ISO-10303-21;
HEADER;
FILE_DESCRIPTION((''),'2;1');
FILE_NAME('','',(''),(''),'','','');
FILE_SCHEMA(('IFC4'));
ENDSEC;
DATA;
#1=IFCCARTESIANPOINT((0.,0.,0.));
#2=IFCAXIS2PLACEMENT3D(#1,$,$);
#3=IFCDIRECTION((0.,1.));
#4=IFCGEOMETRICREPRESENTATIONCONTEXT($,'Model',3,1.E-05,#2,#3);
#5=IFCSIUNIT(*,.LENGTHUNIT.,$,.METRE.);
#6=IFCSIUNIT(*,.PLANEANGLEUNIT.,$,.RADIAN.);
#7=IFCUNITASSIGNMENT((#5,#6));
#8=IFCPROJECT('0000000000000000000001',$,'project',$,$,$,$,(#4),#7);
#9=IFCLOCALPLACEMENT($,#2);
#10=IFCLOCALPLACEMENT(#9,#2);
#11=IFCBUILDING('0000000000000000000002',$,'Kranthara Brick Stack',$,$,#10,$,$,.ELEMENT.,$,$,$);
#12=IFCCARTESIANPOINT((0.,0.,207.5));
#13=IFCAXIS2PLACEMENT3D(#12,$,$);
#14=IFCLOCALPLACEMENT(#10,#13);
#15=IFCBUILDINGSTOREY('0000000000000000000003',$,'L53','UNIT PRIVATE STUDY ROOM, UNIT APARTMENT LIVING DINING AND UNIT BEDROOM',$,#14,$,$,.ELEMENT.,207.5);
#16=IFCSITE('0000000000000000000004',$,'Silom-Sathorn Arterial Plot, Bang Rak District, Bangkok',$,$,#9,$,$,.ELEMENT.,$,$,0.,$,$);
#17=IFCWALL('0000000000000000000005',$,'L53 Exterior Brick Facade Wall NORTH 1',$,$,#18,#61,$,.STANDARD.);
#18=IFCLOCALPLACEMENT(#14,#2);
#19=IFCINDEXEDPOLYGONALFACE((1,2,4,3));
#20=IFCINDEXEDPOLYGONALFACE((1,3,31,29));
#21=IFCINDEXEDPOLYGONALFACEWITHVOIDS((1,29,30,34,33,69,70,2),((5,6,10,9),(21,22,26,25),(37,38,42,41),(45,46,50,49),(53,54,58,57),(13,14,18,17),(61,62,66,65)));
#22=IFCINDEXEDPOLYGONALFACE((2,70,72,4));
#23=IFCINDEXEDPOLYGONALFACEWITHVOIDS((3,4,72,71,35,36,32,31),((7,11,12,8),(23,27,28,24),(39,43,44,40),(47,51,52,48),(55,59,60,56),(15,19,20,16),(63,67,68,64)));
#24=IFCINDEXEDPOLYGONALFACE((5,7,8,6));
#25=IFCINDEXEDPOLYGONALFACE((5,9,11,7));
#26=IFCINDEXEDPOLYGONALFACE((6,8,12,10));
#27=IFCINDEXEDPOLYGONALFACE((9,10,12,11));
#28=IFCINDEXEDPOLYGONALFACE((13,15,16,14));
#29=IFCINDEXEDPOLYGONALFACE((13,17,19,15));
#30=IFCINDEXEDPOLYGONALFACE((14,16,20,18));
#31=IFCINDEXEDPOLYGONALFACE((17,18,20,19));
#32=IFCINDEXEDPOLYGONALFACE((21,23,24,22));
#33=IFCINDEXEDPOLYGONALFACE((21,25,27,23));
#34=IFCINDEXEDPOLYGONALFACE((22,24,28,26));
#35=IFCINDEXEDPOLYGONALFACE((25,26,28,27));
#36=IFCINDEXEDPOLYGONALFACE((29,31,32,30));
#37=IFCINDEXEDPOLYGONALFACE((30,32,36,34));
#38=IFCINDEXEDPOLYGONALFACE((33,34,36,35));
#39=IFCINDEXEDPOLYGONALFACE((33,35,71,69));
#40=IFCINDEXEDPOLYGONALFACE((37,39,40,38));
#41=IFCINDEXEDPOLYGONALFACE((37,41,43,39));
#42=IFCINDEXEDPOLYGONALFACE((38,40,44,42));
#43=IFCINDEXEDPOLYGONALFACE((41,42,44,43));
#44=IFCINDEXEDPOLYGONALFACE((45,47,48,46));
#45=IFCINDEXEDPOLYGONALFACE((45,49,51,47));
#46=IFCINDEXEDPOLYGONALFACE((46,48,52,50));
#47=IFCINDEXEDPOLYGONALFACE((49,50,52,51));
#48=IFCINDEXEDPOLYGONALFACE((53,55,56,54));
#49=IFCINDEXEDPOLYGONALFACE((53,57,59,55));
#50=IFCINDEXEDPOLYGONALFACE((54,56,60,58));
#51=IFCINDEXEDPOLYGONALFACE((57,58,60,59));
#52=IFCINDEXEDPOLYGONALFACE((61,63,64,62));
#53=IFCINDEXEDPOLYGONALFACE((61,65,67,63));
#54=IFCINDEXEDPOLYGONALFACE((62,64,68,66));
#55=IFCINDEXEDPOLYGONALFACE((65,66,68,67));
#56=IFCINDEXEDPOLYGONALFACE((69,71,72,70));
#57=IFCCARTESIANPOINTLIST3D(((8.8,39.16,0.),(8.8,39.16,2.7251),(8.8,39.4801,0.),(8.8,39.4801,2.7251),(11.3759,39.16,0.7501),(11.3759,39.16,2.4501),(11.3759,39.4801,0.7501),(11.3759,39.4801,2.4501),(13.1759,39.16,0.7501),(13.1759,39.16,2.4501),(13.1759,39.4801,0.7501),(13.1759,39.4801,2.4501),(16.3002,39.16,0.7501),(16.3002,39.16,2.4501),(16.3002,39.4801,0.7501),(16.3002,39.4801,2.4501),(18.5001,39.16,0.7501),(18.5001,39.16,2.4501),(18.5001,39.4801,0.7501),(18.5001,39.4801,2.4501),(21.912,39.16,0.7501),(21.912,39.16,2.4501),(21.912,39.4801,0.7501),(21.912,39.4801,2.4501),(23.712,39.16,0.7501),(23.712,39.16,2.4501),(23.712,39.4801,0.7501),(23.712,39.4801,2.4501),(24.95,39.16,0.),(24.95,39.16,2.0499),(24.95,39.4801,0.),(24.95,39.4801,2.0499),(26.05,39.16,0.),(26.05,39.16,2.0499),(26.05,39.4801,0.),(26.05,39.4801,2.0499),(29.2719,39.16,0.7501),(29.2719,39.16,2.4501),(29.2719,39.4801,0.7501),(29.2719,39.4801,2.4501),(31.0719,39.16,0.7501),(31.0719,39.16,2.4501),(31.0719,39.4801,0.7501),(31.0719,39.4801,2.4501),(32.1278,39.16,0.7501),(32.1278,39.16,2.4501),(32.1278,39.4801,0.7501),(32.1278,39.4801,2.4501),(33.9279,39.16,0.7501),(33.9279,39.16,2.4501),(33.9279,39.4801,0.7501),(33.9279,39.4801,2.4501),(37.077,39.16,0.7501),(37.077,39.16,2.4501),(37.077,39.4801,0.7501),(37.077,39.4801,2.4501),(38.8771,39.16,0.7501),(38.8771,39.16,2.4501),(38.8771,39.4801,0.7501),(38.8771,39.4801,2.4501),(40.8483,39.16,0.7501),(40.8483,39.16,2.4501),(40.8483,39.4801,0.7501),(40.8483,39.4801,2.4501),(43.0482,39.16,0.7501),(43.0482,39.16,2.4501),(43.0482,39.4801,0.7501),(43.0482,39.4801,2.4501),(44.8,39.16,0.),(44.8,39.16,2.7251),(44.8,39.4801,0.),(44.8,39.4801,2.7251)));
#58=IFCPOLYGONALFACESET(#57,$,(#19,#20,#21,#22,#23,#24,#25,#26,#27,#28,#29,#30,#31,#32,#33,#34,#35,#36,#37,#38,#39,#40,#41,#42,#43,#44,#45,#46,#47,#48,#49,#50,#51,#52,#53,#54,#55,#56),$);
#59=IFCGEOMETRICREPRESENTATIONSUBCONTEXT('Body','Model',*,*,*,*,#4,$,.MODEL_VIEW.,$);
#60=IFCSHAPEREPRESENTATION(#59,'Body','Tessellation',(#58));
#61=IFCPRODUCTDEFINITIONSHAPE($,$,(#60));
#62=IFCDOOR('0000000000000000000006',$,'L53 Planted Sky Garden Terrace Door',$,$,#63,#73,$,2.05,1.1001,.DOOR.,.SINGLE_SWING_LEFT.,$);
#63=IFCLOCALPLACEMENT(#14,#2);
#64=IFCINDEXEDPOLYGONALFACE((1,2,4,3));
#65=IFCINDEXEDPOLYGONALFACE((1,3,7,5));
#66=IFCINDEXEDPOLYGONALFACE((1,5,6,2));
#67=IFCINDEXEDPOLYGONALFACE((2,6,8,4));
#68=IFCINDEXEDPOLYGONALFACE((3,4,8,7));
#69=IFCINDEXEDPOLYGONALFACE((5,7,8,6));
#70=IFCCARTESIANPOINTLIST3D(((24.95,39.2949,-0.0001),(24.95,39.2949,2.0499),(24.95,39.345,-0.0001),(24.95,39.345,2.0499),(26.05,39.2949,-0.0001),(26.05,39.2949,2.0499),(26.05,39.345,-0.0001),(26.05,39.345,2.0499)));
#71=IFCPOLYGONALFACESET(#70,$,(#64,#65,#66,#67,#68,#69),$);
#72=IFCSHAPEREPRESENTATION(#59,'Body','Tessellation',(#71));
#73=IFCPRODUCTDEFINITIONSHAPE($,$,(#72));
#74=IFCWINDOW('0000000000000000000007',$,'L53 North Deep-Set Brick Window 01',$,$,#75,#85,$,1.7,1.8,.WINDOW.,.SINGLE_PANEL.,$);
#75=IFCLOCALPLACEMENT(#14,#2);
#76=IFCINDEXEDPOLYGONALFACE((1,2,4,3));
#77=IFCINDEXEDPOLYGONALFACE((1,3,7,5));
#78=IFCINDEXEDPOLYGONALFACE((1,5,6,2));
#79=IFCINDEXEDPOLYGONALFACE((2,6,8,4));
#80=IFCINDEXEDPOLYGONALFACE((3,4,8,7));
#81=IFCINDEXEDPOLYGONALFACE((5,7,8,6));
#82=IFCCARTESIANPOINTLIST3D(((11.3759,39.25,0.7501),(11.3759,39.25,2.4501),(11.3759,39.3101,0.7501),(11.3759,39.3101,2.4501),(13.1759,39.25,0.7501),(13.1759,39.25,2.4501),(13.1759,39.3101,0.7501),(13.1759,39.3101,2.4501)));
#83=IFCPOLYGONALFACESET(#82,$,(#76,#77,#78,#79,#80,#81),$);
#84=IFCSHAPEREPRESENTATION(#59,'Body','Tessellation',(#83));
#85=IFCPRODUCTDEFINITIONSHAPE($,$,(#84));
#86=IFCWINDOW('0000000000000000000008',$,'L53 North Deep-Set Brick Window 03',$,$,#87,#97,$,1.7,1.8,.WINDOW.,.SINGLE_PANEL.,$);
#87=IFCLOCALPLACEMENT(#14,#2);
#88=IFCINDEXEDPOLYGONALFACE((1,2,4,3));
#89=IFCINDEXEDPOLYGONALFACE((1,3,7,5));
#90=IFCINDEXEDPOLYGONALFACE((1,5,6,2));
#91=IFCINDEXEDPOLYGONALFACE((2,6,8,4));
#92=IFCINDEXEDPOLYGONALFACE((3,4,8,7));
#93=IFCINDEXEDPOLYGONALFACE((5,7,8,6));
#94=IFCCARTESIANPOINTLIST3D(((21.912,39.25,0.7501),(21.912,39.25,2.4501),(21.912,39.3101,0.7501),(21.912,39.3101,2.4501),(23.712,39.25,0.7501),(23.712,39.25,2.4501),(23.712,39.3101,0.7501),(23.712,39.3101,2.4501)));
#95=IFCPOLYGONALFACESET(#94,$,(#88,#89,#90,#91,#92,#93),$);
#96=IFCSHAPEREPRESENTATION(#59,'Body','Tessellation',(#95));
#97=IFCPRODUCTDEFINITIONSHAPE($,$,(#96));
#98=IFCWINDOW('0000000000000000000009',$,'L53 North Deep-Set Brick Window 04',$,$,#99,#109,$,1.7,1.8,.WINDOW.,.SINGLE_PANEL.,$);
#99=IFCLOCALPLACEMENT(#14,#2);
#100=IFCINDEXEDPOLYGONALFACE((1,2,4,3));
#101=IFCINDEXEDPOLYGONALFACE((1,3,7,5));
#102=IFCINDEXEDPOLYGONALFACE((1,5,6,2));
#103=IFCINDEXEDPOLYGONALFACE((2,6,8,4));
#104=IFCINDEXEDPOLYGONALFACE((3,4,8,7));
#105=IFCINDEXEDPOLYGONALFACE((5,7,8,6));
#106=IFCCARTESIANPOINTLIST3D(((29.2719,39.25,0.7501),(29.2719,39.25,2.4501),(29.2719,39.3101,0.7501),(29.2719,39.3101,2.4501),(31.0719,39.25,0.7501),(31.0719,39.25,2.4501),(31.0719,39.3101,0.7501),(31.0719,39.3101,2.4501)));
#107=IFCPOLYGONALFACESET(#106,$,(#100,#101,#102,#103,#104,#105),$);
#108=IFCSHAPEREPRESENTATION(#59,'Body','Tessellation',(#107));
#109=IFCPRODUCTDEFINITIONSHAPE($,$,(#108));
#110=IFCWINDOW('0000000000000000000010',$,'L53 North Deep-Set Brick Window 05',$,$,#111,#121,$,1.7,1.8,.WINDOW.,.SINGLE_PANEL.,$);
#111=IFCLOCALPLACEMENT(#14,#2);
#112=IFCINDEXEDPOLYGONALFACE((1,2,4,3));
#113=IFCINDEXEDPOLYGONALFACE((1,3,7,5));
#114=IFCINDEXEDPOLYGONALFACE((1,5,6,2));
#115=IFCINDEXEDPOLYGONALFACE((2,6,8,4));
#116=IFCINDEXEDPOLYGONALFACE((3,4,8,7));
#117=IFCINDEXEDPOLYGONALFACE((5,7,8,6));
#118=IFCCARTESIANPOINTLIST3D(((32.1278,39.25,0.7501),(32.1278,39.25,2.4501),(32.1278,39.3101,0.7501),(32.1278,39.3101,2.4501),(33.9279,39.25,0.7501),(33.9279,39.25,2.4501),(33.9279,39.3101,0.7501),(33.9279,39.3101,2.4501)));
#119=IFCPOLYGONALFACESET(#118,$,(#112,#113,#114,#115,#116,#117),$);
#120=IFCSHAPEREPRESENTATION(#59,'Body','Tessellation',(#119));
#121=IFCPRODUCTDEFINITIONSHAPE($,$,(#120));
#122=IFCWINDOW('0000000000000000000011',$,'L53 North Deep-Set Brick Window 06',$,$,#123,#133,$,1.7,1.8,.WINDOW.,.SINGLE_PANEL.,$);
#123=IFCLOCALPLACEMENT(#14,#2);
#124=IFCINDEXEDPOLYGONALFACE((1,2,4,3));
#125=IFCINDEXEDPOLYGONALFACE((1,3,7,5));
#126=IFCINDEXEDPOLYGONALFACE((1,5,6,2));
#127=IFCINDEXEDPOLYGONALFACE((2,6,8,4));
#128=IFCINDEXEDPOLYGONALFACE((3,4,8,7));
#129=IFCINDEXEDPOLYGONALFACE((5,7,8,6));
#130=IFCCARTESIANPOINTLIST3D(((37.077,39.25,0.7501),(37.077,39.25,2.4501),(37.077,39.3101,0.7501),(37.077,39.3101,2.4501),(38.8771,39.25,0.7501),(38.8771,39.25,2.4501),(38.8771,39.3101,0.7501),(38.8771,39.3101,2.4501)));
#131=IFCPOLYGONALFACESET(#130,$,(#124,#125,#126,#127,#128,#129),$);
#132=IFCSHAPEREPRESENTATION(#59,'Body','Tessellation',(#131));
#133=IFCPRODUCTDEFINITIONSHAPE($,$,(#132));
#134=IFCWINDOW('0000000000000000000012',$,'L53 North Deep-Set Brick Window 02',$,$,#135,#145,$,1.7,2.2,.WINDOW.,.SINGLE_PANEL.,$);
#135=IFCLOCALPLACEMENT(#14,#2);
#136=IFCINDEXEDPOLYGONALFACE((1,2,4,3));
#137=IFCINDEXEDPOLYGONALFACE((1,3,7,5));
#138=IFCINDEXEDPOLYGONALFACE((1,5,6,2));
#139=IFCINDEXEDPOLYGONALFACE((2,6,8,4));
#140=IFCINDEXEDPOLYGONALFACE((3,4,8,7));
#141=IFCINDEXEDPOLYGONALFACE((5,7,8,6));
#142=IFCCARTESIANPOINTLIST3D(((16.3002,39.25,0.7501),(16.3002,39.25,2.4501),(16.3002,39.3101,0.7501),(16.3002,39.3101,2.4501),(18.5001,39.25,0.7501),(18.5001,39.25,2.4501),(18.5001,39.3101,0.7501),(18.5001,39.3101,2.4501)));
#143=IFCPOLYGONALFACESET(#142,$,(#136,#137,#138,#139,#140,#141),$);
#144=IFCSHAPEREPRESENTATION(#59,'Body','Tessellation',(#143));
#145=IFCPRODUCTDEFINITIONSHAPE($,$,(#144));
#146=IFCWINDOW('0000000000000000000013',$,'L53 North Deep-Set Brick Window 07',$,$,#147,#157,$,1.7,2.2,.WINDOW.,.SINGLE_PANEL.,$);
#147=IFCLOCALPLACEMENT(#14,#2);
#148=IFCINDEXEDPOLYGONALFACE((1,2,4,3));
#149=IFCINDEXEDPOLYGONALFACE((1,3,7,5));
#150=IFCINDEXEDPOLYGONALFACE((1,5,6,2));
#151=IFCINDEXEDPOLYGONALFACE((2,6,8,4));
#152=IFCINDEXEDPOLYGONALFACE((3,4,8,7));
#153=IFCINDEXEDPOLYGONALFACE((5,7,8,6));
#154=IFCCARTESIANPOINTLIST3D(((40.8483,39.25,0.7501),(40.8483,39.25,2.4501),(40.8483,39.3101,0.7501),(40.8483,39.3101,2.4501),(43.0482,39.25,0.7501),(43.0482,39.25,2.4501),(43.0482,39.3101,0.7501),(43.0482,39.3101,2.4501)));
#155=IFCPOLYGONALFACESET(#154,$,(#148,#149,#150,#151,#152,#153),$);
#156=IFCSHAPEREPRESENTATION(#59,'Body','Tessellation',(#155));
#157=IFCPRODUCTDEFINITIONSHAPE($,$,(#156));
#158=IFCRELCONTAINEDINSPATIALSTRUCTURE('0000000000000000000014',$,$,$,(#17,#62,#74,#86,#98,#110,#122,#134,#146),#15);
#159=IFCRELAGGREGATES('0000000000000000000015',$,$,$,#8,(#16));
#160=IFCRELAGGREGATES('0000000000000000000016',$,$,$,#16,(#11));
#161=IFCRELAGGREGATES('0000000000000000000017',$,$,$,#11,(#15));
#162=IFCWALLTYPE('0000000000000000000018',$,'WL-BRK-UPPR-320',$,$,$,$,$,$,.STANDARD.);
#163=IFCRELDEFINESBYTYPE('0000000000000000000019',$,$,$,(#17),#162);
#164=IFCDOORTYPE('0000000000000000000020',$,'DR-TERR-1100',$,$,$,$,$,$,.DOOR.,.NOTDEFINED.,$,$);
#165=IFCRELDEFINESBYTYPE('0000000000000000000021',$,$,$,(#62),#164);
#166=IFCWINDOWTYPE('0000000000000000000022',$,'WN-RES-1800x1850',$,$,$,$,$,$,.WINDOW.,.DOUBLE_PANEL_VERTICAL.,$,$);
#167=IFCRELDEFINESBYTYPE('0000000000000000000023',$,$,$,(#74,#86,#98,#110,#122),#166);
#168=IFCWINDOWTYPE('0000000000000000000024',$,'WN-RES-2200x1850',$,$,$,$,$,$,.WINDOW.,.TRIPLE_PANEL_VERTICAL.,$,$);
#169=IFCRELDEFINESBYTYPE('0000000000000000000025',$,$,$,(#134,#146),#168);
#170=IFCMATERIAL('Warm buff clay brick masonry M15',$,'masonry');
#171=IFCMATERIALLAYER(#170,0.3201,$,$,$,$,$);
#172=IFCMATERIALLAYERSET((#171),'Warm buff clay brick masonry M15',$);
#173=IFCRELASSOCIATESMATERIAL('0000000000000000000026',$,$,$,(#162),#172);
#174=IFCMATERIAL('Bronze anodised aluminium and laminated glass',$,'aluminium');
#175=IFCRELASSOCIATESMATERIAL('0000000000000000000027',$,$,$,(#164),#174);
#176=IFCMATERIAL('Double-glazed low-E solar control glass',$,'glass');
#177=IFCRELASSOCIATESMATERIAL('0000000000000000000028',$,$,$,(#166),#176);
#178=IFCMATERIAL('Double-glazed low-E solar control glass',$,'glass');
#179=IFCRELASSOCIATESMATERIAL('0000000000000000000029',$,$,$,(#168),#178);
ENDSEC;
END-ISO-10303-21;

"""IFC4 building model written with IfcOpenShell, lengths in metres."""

from ifc_helpers import new_model, si_unit, direction, frame, frame_2d, origin, place, context, subcontext, project, spatial, rectangle, extrude, material, layer, layer_set, type_object, element, fill, save


model = new_model("IFC4")

# Units and contexts
model_context = context("Model", 3, precision=1e-05, world=origin(), true_north=direction((0.0, 1.0)))
body_context = subcontext(model_context, "Body", "Model", "MODEL_VIEW")
ifc_project = project(units=[si_unit("LENGTHUNIT", "METRE"), si_unit("PLANEANGLEUNIT", "RADIAN")], contexts=[model_context])

# Site, building, storey
site_placement = place(None, origin())
site = spatial("IfcSite", under=ifc_project, at=site_placement, Name="Silom-Sathorn Arterial Plot, Bang Rak District, Bangkok", CompositionType="ELEMENT", RefElevation=0.0)
building_placement = place(site_placement, origin())
building = spatial("IfcBuilding", under=site, at=building_placement, Name="Kranthara Brick Stack", CompositionType="ELEMENT")
storey_placement = place(building_placement, frame((0.0, 0.0, 207.5)))
storey = spatial("IfcBuildingStorey", under=building, at=storey_placement, Name="L53", Description="UNIT PRIVATE STUDY ROOM, UNIT APARTMENT LIVING DINING AND UNIT BEDROOM", CompositionType="ELEMENT", Elevation=207.5)

# Shared definitions
ifc_material_1 = material(Name="Warm buff clay brick masonry M15", Category="masonry")
ifc_layer_1 = layer(ifc_material_1, 0.3201)
ifc_layer_set_1 = layer_set([ifc_layer_1], Name="Warm buff clay brick masonry M15")
wall_type_1 = type_object("IfcWallType", Name="WL-BRK-UPPR-320", PredefinedType="STANDARD", material=ifc_layer_set_1)

# Wall, openings, door, windows
wall_1_placement = place(storey_placement, frame((8.8, 39.3201, 0.0), z_axis=(0.0, 0.0, 1.0), x_axis=(1.0, 0.0, 0.0)))
wall_1 = element("IfcWall", 1, at=wall_1_placement, inside=storey, type_object=wall_type_1, Name="L53 Exterior Brick Facade Wall NORTH 1", PredefinedType="STANDARD", context=body_context, shape_type="SweptSolid", body=[
    extrude(rectangle(XDim=36.0, YDim=0.3201, at=frame_2d((18.0, 0.0))), origin(), (0.0, 0.0, 1.0), 2.7251),
])
opening_1_placement = place(wall_1_placement, frame((16.1499, 0.0, 0.0)))
opening_1 = element("IfcOpeningElement", 2, at=opening_1_placement, cuts=wall_1, PredefinedType="OPENING", context=body_context, shape_type="SweptSolid", body=[
    extrude(rectangle(XDim=1.1001, YDim=2.05, at=frame_2d((0.55, 1.0249))), frame((0.0, 0.1699, 0.0), z_axis=(0.0, -1.0, 0.0), x_axis=(1.0, 0.0, 0.0)), (0.0, 0.0, 1.0), 0.3401),
])
opening_2_placement = place(wall_1_placement, frame((2.5759, 0.0, 0.75)))
opening_2 = element("IfcOpeningElement", 3, at=opening_2_placement, cuts=wall_1, PredefinedType="OPENING", context=body_context, shape_type="SweptSolid", body=[
    extrude(rectangle(XDim=1.8, YDim=1.7, at=frame_2d((0.8999, 0.8501))), frame((0.0, 0.1699, 0.0), z_axis=(0.0, -1.0, 0.0), x_axis=(1.0, 0.0, 0.0)), (0.0, 0.0, 1.0), 0.3401),
])
opening_3_placement = place(wall_1_placement, frame((7.5, 0.0, 0.75)))
opening_3 = element("IfcOpeningElement", 4, at=opening_3_placement, cuts=wall_1, PredefinedType="OPENING", context=body_context, shape_type="SweptSolid", body=[
    extrude(rectangle(XDim=2.2, YDim=1.7, at=frame_2d((1.1001, 0.8501))), frame((0.0, 0.1699, 0.0), z_axis=(0.0, -1.0, 0.0), x_axis=(1.0, 0.0, 0.0)), (0.0, 0.0, 1.0), 0.3401),
])
opening_4_placement = place(wall_1_placement, frame((13.1121, 0.0, 0.75)))
opening_4 = element("IfcOpeningElement", 5, at=opening_4_placement, cuts=wall_1, PredefinedType="OPENING", context=body_context, shape_type="SweptSolid", body=[
    extrude(rectangle(XDim=1.8, YDim=1.7, at=frame_2d((0.8999, 0.8501))), frame((0.0, 0.1699, 0.0), z_axis=(0.0, -1.0, 0.0), x_axis=(1.0, 0.0, 0.0)), (0.0, 0.0, 1.0), 0.3401),
])
opening_5_placement = place(wall_1_placement, frame((20.4719, 0.0, 0.75)))
opening_5 = element("IfcOpeningElement", 6, at=opening_5_placement, cuts=wall_1, PredefinedType="OPENING", context=body_context, shape_type="SweptSolid", body=[
    extrude(rectangle(XDim=1.8, YDim=1.7, at=frame_2d((0.8999, 0.8501))), frame((0.0, 0.1699, 0.0), z_axis=(0.0, -1.0, 0.0), x_axis=(1.0, 0.0, 0.0)), (0.0, 0.0, 1.0), 0.3401),
])
opening_6_placement = place(wall_1_placement, frame((23.3279, 0.0, 0.75)))
opening_6 = element("IfcOpeningElement", 7, at=opening_6_placement, cuts=wall_1, PredefinedType="OPENING", context=body_context, shape_type="SweptSolid", body=[
    extrude(rectangle(XDim=1.8, YDim=1.7, at=frame_2d((0.8999, 0.8501))), frame((0.0, 0.1699, 0.0), z_axis=(0.0, -1.0, 0.0), x_axis=(1.0, 0.0, 0.0)), (0.0, 0.0, 1.0), 0.3401),
])
opening_7_placement = place(wall_1_placement, frame((28.2771, 0.0, 0.75)))
opening_7 = element("IfcOpeningElement", 8, at=opening_7_placement, cuts=wall_1, PredefinedType="OPENING", context=body_context, shape_type="SweptSolid", body=[
    extrude(rectangle(XDim=1.8, YDim=1.7, at=frame_2d((0.8999, 0.8501))), frame((0.0, 0.1699, 0.0), z_axis=(0.0, -1.0, 0.0), x_axis=(1.0, 0.0, 0.0)), (0.0, 0.0, 1.0), 0.3401),
])
opening_8_placement = place(wall_1_placement, frame((32.0481, 0.0, 0.75)))
opening_8 = element("IfcOpeningElement", 9, at=opening_8_placement, cuts=wall_1, PredefinedType="OPENING", context=body_context, shape_type="SweptSolid", body=[
    extrude(rectangle(XDim=2.2, YDim=1.7, at=frame_2d((1.1001, 0.8501))), frame((0.0, 0.1699, 0.0), z_axis=(0.0, -1.0, 0.0), x_axis=(1.0, 0.0, 0.0)), (0.0, 0.0, 1.0), 0.3401),
])
ifc_material_2 = material(Name="Bronze anodised aluminium and laminated glass", Category="aluminium")
door_type_1 = type_object("IfcDoorType", Name="DR-TERR-1100", OperationType="NOTDEFINED", PredefinedType="DOOR", material=ifc_material_2)
door_1_placement = place(opening_1_placement, origin())
door_1 = element("IfcDoor", 10, at=door_1_placement, inside=storey, type_object=door_type_1, Name="L53 Planted Sky Garden Terrace Door", OperationType="SINGLE_SWING_LEFT", OverallHeight=2.05, OverallWidth=1.1001, PredefinedType="DOOR", context=body_context, shape_type="SweptSolid", body=[
    extrude(rectangle(XDim=1.1001, YDim=2.05, at=frame_2d((0.55, 1.0249))), frame((0.0, 0.0249, 0.0), z_axis=(0.0, -1.0, 0.0), x_axis=(1.0, 0.0, 0.0)), (0.0, 0.0, 1.0), 0.05),
])
fill(opening_1, door_1)
ifc_material_3 = material(Name="Double-glazed low-E solar control glass", Category="glass")
window_type_1 = type_object("IfcWindowType", Name="WN-RES-1800x1850", PartitioningType="DOUBLE_PANEL_VERTICAL", PredefinedType="WINDOW", material=ifc_material_3)
window_1_placement = place(opening_2_placement, origin())
window_1 = element("IfcWindow", 11, at=window_1_placement, inside=storey, type_object=window_type_1, Name="L53 North Deep-Set Brick Window 01", OverallHeight=1.7, OverallWidth=1.8, PartitioningType="SINGLE_PANEL", PredefinedType="WINDOW", context=body_context, shape_type="SweptSolid", body=[
    extrude(rectangle(XDim=1.8, YDim=1.7, at=frame_2d((0.8999, 0.8501))), frame((0.0, -0.01, 0.0), z_axis=(0.0, -1.0, 0.0), x_axis=(1.0, 0.0, 0.0)), (0.0, 0.0, 1.0), 0.0601),
])
fill(opening_2, window_1)
window_2_placement = place(opening_4_placement, origin())
window_2 = element("IfcWindow", 12, at=window_2_placement, inside=storey, type_object=window_type_1, Name="L53 North Deep-Set Brick Window 03", OverallHeight=1.7, OverallWidth=1.8, PartitioningType="SINGLE_PANEL", PredefinedType="WINDOW", context=body_context, shape_type="SweptSolid", body=[
    extrude(rectangle(XDim=1.8, YDim=1.7, at=frame_2d((0.8999, 0.8501))), frame((0.0, -0.01, 0.0), z_axis=(0.0, -1.0, 0.0), x_axis=(1.0, 0.0, 0.0)), (0.0, 0.0, 1.0), 0.0601),
])
fill(opening_4, window_2)
window_3_placement = place(opening_5_placement, origin())
window_3 = element("IfcWindow", 13, at=window_3_placement, inside=storey, type_object=window_type_1, Name="L53 North Deep-Set Brick Window 04", OverallHeight=1.7, OverallWidth=1.8, PartitioningType="SINGLE_PANEL", PredefinedType="WINDOW", context=body_context, shape_type="SweptSolid", body=[
    extrude(rectangle(XDim=1.8, YDim=1.7, at=frame_2d((0.8999, 0.8501))), frame((0.0, -0.01, 0.0), z_axis=(0.0, -1.0, 0.0), x_axis=(1.0, 0.0, 0.0)), (0.0, 0.0, 1.0), 0.0601),
])
fill(opening_5, window_3)
window_4_placement = place(opening_6_placement, origin())
window_4 = element("IfcWindow", 14, at=window_4_placement, inside=storey, type_object=window_type_1, Name="L53 North Deep-Set Brick Window 05", OverallHeight=1.7, OverallWidth=1.8, PartitioningType="SINGLE_PANEL", PredefinedType="WINDOW", context=body_context, shape_type="SweptSolid", body=[
    extrude(rectangle(XDim=1.8, YDim=1.7, at=frame_2d((0.8999, 0.8501))), frame((0.0, -0.01, 0.0), z_axis=(0.0, -1.0, 0.0), x_axis=(1.0, 0.0, 0.0)), (0.0, 0.0, 1.0), 0.0601),
])
fill(opening_6, window_4)
window_5_placement = place(opening_7_placement, origin())
window_5 = element("IfcWindow", 15, at=window_5_placement, inside=storey, type_object=window_type_1, Name="L53 North Deep-Set Brick Window 06", OverallHeight=1.7, OverallWidth=1.8, PartitioningType="SINGLE_PANEL", PredefinedType="WINDOW", context=body_context, shape_type="SweptSolid", body=[
    extrude(rectangle(XDim=1.8, YDim=1.7, at=frame_2d((0.8999, 0.8501))), frame((0.0, -0.01, 0.0), z_axis=(0.0, -1.0, 0.0), x_axis=(1.0, 0.0, 0.0)), (0.0, 0.0, 1.0), 0.0601),
])
fill(opening_7, window_5)
ifc_material_4 = material(Name="Double-glazed low-E solar control glass", Category="glass")
window_type_2 = type_object("IfcWindowType", Name="WN-RES-2200x1850", PartitioningType="TRIPLE_PANEL_VERTICAL", PredefinedType="WINDOW", material=ifc_material_4)
window_6_placement = place(opening_3_placement, origin())
window_6 = element("IfcWindow", 16, at=window_6_placement, inside=storey, type_object=window_type_2, Name="L53 North Deep-Set Brick Window 02", OverallHeight=1.7, OverallWidth=2.2, PartitioningType="SINGLE_PANEL", PredefinedType="WINDOW", context=body_context, shape_type="SweptSolid", body=[
    extrude(rectangle(XDim=2.2, YDim=1.7, at=frame_2d((1.1001, 0.8501))), frame((0.0, -0.01, 0.0), z_axis=(0.0, -1.0, 0.0), x_axis=(1.0, 0.0, 0.0)), (0.0, 0.0, 1.0), 0.0601),
])
fill(opening_3, window_6)
window_7_placement = place(opening_8_placement, origin())
window_7 = element("IfcWindow", 17, at=window_7_placement, inside=storey, type_object=window_type_2, Name="L53 North Deep-Set Brick Window 07", OverallHeight=1.7, OverallWidth=2.2, PartitioningType="SINGLE_PANEL", PredefinedType="WINDOW", context=body_context, shape_type="SweptSolid", body=[
    extrude(rectangle(XDim=2.2, YDim=1.7, at=frame_2d((1.1001, 0.8501))), frame((0.0, -0.01, 0.0), z_axis=(0.0, -1.0, 0.0), x_axis=(1.0, 0.0, 0.0)), (0.0, 0.0, 1.0), 0.0601),
])
fill(opening_8, window_7)

save(model, "model.ifc")
